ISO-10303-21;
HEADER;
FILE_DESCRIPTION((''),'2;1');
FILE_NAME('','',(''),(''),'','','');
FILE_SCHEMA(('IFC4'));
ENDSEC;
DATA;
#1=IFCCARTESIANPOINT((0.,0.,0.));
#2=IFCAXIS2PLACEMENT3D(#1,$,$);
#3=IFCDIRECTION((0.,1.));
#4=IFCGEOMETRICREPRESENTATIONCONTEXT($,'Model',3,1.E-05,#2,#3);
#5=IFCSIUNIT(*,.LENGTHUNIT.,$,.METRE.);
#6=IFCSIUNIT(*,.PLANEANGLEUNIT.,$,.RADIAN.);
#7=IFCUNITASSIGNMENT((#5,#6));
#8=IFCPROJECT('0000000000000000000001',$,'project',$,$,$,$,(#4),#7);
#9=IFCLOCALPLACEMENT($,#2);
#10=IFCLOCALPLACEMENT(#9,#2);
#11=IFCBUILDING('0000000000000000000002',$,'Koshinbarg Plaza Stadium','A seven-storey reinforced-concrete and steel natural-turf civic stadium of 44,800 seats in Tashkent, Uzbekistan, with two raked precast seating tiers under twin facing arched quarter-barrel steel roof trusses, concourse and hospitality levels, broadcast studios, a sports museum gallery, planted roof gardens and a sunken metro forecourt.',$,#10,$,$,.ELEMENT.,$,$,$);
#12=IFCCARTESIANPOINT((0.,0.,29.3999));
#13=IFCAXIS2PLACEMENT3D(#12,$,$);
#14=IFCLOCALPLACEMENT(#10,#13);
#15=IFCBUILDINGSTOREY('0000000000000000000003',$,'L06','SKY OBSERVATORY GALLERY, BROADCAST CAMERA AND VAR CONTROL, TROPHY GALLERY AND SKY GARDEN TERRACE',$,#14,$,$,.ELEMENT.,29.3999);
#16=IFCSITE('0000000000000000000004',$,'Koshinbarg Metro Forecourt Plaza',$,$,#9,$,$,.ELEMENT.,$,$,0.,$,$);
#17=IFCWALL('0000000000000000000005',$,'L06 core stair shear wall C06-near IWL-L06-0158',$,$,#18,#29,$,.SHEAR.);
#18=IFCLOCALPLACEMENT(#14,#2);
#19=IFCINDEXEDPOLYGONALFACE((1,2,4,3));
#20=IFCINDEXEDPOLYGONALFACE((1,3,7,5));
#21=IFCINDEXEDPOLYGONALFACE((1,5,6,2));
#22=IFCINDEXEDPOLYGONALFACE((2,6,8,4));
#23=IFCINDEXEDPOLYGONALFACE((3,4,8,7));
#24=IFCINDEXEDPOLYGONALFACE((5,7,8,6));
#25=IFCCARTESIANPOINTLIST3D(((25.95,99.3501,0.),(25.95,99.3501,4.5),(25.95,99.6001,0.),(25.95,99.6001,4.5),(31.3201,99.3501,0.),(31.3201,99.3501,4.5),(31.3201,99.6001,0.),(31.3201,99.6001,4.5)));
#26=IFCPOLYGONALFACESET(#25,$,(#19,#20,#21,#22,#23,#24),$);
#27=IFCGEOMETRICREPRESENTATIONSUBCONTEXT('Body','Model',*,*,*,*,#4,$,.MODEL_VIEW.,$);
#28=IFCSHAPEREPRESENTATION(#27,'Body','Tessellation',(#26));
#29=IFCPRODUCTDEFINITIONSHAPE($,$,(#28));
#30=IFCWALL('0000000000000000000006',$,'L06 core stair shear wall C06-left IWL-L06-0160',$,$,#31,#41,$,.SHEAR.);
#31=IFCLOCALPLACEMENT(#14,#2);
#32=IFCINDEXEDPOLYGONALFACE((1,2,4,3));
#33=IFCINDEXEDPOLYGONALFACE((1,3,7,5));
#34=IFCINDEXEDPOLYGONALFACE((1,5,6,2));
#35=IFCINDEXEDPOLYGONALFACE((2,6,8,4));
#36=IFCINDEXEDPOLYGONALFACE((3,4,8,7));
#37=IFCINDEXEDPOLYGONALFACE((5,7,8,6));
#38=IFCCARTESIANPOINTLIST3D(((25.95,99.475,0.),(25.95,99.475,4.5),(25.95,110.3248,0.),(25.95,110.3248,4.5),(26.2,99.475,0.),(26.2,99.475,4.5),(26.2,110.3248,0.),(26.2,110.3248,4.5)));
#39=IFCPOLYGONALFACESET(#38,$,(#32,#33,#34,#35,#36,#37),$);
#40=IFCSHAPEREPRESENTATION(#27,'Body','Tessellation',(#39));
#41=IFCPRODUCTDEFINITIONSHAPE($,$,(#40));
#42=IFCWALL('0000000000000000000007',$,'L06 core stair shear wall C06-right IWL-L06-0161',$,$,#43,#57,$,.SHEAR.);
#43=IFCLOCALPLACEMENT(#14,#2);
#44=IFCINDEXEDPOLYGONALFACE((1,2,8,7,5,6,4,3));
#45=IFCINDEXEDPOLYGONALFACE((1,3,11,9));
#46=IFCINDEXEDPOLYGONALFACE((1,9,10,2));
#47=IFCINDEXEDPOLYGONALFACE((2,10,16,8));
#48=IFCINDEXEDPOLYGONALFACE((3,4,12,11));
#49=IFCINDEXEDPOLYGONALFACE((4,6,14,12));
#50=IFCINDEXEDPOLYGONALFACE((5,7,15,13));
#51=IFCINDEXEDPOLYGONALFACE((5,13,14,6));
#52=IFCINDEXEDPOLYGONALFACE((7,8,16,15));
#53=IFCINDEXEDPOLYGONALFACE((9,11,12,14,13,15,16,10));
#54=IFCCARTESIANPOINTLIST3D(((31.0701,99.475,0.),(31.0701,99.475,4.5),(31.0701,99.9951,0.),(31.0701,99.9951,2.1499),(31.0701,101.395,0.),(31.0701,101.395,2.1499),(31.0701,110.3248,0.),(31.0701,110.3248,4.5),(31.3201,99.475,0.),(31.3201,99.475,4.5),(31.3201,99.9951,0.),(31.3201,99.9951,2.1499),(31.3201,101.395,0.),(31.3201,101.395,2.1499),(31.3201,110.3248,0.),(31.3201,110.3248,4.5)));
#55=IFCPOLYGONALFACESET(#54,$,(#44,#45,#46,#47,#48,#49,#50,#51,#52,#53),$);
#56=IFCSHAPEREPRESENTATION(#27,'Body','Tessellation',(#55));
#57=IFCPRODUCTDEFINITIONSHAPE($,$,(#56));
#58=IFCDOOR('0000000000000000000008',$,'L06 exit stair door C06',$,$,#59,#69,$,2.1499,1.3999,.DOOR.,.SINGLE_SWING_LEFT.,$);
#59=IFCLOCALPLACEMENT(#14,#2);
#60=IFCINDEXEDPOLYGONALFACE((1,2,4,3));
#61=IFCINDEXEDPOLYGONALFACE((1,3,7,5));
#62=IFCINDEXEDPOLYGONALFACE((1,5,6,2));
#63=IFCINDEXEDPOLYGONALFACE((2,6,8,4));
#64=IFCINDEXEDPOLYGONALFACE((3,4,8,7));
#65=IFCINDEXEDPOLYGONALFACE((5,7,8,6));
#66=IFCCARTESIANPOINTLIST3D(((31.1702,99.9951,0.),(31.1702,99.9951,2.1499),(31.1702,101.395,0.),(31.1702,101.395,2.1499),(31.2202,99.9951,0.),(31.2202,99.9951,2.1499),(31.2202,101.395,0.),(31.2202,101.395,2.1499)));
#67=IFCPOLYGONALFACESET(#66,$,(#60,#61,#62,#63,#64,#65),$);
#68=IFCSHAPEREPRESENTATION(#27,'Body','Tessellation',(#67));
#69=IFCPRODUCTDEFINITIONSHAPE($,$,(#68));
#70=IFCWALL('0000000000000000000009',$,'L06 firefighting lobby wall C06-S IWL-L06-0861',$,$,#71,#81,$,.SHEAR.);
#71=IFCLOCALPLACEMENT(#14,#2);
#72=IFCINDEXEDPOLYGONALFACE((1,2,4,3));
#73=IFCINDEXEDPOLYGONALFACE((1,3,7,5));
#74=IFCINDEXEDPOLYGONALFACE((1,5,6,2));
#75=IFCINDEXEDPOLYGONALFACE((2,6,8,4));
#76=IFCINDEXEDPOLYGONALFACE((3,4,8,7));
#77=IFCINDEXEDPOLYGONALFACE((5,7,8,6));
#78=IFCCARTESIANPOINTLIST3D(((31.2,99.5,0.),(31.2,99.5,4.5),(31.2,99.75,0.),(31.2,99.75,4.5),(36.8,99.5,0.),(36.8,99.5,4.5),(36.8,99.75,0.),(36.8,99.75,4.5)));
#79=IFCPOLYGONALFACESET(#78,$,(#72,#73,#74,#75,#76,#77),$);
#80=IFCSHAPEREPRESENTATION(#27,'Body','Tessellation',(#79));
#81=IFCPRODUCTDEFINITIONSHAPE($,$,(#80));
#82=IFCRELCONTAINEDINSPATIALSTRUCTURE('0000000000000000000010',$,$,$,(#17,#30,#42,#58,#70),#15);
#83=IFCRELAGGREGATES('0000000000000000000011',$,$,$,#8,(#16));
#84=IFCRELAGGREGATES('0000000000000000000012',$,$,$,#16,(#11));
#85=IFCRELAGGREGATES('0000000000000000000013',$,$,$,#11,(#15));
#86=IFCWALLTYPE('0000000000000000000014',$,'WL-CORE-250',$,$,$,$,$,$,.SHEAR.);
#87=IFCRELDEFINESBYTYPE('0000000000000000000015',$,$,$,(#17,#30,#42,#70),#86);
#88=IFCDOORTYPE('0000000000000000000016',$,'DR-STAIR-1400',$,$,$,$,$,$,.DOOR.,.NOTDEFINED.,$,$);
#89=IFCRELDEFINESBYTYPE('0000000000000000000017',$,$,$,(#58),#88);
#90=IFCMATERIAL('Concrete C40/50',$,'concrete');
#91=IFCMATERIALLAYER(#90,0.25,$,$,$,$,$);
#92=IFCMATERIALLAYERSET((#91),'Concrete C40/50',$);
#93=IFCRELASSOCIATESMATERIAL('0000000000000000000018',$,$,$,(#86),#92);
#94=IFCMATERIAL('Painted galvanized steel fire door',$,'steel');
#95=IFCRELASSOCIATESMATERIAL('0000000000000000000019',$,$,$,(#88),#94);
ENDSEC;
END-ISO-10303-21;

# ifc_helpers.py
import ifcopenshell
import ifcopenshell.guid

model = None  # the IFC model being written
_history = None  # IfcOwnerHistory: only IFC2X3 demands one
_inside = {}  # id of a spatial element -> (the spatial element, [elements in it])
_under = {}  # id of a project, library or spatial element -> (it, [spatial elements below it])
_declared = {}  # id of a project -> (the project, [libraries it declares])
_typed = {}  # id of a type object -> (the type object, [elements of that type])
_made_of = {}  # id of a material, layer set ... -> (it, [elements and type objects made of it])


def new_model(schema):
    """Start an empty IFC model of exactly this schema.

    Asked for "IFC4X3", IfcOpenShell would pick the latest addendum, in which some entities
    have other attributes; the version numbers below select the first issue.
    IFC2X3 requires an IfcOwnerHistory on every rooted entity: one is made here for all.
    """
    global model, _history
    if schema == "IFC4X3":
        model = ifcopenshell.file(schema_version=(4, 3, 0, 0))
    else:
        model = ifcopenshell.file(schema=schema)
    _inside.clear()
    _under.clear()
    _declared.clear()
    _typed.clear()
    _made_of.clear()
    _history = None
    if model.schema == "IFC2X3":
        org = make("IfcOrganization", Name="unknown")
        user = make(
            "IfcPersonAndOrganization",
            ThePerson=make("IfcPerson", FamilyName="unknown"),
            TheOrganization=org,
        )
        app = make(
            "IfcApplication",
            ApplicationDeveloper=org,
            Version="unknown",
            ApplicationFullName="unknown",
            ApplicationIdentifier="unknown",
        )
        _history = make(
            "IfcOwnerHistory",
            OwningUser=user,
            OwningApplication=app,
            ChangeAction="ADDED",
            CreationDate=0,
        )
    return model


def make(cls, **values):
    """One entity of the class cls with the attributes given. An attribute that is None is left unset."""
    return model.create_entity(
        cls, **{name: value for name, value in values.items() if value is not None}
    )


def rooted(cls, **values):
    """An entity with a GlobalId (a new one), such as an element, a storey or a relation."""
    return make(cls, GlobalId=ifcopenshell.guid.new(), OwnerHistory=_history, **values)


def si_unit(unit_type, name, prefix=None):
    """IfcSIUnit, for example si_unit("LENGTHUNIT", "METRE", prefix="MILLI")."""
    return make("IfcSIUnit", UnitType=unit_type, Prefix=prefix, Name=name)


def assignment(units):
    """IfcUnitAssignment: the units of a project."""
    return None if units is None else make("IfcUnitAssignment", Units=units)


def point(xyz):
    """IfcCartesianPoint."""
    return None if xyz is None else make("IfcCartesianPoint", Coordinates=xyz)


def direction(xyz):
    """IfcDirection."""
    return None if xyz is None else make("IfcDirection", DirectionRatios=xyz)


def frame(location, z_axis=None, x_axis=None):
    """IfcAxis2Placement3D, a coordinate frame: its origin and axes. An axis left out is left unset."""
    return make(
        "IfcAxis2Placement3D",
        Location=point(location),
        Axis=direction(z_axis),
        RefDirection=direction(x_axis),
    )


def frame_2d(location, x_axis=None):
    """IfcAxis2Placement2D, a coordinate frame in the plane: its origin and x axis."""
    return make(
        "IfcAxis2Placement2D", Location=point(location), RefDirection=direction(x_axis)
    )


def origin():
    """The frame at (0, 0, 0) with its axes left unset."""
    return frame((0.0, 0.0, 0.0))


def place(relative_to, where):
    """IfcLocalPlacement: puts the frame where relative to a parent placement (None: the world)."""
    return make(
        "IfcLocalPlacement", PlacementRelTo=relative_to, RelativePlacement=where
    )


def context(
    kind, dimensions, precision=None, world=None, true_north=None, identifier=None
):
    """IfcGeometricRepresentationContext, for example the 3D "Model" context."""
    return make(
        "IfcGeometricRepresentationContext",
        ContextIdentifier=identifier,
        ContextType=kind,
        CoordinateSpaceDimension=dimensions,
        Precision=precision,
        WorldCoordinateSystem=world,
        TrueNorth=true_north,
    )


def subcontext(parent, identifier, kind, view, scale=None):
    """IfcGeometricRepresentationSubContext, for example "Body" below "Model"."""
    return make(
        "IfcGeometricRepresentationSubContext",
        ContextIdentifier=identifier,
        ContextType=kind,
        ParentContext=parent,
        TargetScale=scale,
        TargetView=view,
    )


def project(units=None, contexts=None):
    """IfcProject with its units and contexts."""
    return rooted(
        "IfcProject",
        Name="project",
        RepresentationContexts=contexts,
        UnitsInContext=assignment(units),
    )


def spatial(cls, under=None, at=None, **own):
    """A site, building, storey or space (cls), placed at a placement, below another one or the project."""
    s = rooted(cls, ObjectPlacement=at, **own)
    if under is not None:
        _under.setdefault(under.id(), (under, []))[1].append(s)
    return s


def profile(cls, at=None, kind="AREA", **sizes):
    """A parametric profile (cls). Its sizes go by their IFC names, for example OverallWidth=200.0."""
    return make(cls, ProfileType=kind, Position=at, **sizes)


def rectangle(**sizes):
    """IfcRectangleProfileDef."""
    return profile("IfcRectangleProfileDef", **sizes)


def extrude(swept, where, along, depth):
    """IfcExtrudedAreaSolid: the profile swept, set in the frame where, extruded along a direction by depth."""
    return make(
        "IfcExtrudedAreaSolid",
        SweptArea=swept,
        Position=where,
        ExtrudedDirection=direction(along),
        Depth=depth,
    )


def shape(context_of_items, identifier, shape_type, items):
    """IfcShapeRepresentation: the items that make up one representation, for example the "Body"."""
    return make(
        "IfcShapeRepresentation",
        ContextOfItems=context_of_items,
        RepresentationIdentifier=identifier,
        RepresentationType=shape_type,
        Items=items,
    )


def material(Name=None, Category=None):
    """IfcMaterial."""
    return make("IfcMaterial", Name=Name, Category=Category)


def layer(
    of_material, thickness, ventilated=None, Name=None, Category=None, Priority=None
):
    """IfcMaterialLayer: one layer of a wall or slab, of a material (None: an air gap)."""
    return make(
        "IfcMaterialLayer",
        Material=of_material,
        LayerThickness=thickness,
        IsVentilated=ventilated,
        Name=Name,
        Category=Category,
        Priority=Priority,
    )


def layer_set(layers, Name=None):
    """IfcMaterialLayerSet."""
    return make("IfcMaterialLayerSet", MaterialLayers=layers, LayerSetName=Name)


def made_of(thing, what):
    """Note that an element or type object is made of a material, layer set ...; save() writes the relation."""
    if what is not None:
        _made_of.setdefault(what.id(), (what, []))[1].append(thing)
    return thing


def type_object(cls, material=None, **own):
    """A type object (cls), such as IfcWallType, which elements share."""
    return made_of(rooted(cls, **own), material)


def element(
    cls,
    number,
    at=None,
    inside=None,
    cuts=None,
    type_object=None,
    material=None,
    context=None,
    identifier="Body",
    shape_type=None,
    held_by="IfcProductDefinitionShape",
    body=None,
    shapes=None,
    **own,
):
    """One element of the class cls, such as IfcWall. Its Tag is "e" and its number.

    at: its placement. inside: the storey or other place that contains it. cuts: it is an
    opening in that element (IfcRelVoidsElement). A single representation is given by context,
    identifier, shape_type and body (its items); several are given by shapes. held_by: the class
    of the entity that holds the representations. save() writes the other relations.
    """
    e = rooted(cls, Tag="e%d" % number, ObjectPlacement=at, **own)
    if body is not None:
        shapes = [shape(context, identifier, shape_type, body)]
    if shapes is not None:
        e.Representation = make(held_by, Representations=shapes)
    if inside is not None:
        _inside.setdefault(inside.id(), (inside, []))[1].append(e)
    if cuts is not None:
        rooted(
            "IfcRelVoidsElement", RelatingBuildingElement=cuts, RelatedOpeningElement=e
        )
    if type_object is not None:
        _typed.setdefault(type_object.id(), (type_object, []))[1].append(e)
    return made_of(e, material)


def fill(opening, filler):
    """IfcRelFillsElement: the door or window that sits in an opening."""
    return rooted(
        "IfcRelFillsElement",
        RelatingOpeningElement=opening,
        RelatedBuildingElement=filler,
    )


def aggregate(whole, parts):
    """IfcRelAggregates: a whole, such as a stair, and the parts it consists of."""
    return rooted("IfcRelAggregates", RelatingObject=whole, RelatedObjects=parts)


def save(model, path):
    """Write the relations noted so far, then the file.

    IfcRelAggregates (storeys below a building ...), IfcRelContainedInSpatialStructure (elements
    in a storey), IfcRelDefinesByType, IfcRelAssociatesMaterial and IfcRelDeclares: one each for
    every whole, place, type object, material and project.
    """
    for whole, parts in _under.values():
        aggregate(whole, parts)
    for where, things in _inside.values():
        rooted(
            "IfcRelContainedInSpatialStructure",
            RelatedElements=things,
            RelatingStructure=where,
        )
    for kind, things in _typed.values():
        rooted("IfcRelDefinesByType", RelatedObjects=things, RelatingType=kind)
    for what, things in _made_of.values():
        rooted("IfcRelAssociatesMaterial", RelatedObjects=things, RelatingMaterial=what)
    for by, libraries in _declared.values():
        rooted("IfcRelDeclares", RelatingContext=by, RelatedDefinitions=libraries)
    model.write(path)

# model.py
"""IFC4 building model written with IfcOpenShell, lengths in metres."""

from ifc_helpers import new_model, si_unit, direction, frame, frame_2d, origin, place, context, subcontext, project, spatial, rectangle, extrude, material, layer, layer_set, type_object, element, fill, save


model = new_model("IFC4")

# Units and contexts
model_context = context("Model", 3, precision=1e-05, world=origin(), true_north=direction((0.0, 1.0)))
body_context = subcontext(model_context, "Body", "Model", "MODEL_VIEW")
ifc_project = project(units=[si_unit("LENGTHUNIT", "METRE"), si_unit("PLANEANGLEUNIT", "RADIAN")], contexts=[model_context])

# Site, building, storey
site_placement = place(None, origin())
site = spatial("IfcSite", under=ifc_project, at=site_placement, Name="Koshinbarg Metro Forecourt Plaza", CompositionType="ELEMENT", RefElevation=0.0)
building_placement = place(site_placement, origin())
building = spatial("IfcBuilding", under=site, at=building_placement, Name="Koshinbarg Plaza Stadium", Description="A seven-storey reinforced-concrete and steel natural-turf civic stadium of 44,800 seats in Tashkent, Uzbekistan, with two raked precast seating tiers under twin facing arched quarter-barrel steel roof trusses, concourse and hospitality levels, broadcast studios, a sports museum gallery, planted roof gardens and a sunken metro forecourt.", CompositionType="ELEMENT")
storey_placement = place(building_placement, frame((0.0, 0.0, 29.3999)))
storey = spatial("IfcBuildingStorey", under=building, at=storey_placement, Name="L06", Description="SKY OBSERVATORY GALLERY, BROADCAST CAMERA AND VAR CONTROL, TROPHY GALLERY AND SKY GARDEN TERRACE", CompositionType="ELEMENT", Elevation=29.3999)

# Shared definitions
ifc_material_1 = material(Name="Concrete C40/50", Category="concrete")

# Walls
ifc_layer_1 = layer(ifc_material_1, 0.25)
ifc_layer_set_1 = layer_set([ifc_layer_1], Name="Concrete C40/50")
wall_type = type_object("IfcWallType", Name="WL-CORE-250", PredefinedType="SHEAR", material=ifc_layer_set_1)
wall_1_placement = place(storey_placement, frame((25.95, 99.4751, 0.0), z_axis=(0.0, 0.0, 1.0), x_axis=(1.0, 0.0, 0.0)))
element("IfcWall", 1, at=wall_1_placement, inside=storey, type_object=wall_type, Name="L06 core stair shear wall C06-near IWL-L06-0158", PredefinedType="SHEAR", context=body_context, shape_type="SweptSolid", body=[
    extrude(rectangle(XDim=5.3701, YDim=0.25, at=frame_2d((2.6851, 0.0))), origin(), (0.0, 0.0, 1.0), 4.5),
])
wall_2_placement = place(storey_placement, frame((26.075, 99.4751, 0.0), z_axis=(0.0, 0.0, 1.0), x_axis=(0.0, 1.0, 0.0)))
element("IfcWall", 2, at=wall_2_placement, inside=storey, type_object=wall_type, Name="L06 core stair shear wall C06-left IWL-L06-0160", PredefinedType="SHEAR", context=body_context, shape_type="SweptSolid", body=[
    extrude(rectangle(XDim=10.8499, YDim=0.25, at=frame_2d((5.4248, 0.0))), origin(), (0.0, 0.0, 1.0), 4.5),
])

# Wall, opening, door
wall_3_placement = place(storey_placement, frame((31.1951, 99.4751, 0.0), z_axis=(0.0, 0.0, 1.0), x_axis=(0.0, 1.0, 0.0)))
wall_3 = element("IfcWall", 3, at=wall_3_placement, inside=storey, type_object=wall_type, Name="L06 core stair shear wall C06-right IWL-L06-0161", PredefinedType="SHEAR", context=body_context, shape_type="SweptSolid", body=[
    extrude(rectangle(XDim=10.8499, YDim=0.25, at=frame_2d((5.4248, 0.0))), origin(), (0.0, 0.0, 1.0), 4.5),
])
opening_placement = place(wall_3_placement, frame((0.52, 0.0, 0.0)))
opening = element("IfcOpeningElement", 4, at=opening_placement, cuts=wall_3, PredefinedType="OPENING", context=body_context, shape_type="SweptSolid", body=[
    extrude(rectangle(XDim=1.3999, YDim=2.1499, at=frame_2d((0.7, 1.075))), frame((0.0, 0.135, 0.0), z_axis=(0.0, -1.0, 0.0), x_axis=(1.0, 0.0, 0.0)), (0.0, 0.0, 1.0), 0.27),
])
ifc_material_2 = material(Name="Painted galvanized steel fire door", Category="steel")
door_type = type_object("IfcDoorType", Name="DR-STAIR-1400", OperationType="NOTDEFINED", PredefinedType="DOOR", material=ifc_material_2)
door_placement = place(opening_placement, origin())
door = element("IfcDoor", 5, at=door_placement, inside=storey, type_object=door_type, Name="L06 exit stair door C06", OperationType="SINGLE_SWING_LEFT", OverallHeight=2.1499, OverallWidth=1.3999, PredefinedType="DOOR", context=body_context, shape_type="SweptSolid", body=[
    extrude(rectangle(XDim=1.3999, YDim=2.1499, at=frame_2d((0.7, 1.075))), frame((0.0, 0.0249, 0.0), z_axis=(0.0, -1.0, 0.0), x_axis=(1.0, 0.0, 0.0)), (0.0, 0.0, 1.0), 0.05),
])
fill(opening, door)

# Wall
wall_4_placement = place(storey_placement, frame((31.2, 99.625, 0.0), z_axis=(0.0, 0.0, 1.0), x_axis=(1.0, 0.0, 0.0)))
element("IfcWall", 6, at=wall_4_placement, inside=storey, type_object=wall_type, Name="L06 firefighting lobby wall C06-S IWL-L06-0861", PredefinedType="SHEAR", context=body_context, shape_type="SweptSolid", body=[
    extrude(rectangle(XDim=5.6001, YDim=0.25, at=frame_2d((2.8, 0.0))), origin(), (0.0, 0.0, 1.0), 4.5),
])

save(model, "model.ifc")
